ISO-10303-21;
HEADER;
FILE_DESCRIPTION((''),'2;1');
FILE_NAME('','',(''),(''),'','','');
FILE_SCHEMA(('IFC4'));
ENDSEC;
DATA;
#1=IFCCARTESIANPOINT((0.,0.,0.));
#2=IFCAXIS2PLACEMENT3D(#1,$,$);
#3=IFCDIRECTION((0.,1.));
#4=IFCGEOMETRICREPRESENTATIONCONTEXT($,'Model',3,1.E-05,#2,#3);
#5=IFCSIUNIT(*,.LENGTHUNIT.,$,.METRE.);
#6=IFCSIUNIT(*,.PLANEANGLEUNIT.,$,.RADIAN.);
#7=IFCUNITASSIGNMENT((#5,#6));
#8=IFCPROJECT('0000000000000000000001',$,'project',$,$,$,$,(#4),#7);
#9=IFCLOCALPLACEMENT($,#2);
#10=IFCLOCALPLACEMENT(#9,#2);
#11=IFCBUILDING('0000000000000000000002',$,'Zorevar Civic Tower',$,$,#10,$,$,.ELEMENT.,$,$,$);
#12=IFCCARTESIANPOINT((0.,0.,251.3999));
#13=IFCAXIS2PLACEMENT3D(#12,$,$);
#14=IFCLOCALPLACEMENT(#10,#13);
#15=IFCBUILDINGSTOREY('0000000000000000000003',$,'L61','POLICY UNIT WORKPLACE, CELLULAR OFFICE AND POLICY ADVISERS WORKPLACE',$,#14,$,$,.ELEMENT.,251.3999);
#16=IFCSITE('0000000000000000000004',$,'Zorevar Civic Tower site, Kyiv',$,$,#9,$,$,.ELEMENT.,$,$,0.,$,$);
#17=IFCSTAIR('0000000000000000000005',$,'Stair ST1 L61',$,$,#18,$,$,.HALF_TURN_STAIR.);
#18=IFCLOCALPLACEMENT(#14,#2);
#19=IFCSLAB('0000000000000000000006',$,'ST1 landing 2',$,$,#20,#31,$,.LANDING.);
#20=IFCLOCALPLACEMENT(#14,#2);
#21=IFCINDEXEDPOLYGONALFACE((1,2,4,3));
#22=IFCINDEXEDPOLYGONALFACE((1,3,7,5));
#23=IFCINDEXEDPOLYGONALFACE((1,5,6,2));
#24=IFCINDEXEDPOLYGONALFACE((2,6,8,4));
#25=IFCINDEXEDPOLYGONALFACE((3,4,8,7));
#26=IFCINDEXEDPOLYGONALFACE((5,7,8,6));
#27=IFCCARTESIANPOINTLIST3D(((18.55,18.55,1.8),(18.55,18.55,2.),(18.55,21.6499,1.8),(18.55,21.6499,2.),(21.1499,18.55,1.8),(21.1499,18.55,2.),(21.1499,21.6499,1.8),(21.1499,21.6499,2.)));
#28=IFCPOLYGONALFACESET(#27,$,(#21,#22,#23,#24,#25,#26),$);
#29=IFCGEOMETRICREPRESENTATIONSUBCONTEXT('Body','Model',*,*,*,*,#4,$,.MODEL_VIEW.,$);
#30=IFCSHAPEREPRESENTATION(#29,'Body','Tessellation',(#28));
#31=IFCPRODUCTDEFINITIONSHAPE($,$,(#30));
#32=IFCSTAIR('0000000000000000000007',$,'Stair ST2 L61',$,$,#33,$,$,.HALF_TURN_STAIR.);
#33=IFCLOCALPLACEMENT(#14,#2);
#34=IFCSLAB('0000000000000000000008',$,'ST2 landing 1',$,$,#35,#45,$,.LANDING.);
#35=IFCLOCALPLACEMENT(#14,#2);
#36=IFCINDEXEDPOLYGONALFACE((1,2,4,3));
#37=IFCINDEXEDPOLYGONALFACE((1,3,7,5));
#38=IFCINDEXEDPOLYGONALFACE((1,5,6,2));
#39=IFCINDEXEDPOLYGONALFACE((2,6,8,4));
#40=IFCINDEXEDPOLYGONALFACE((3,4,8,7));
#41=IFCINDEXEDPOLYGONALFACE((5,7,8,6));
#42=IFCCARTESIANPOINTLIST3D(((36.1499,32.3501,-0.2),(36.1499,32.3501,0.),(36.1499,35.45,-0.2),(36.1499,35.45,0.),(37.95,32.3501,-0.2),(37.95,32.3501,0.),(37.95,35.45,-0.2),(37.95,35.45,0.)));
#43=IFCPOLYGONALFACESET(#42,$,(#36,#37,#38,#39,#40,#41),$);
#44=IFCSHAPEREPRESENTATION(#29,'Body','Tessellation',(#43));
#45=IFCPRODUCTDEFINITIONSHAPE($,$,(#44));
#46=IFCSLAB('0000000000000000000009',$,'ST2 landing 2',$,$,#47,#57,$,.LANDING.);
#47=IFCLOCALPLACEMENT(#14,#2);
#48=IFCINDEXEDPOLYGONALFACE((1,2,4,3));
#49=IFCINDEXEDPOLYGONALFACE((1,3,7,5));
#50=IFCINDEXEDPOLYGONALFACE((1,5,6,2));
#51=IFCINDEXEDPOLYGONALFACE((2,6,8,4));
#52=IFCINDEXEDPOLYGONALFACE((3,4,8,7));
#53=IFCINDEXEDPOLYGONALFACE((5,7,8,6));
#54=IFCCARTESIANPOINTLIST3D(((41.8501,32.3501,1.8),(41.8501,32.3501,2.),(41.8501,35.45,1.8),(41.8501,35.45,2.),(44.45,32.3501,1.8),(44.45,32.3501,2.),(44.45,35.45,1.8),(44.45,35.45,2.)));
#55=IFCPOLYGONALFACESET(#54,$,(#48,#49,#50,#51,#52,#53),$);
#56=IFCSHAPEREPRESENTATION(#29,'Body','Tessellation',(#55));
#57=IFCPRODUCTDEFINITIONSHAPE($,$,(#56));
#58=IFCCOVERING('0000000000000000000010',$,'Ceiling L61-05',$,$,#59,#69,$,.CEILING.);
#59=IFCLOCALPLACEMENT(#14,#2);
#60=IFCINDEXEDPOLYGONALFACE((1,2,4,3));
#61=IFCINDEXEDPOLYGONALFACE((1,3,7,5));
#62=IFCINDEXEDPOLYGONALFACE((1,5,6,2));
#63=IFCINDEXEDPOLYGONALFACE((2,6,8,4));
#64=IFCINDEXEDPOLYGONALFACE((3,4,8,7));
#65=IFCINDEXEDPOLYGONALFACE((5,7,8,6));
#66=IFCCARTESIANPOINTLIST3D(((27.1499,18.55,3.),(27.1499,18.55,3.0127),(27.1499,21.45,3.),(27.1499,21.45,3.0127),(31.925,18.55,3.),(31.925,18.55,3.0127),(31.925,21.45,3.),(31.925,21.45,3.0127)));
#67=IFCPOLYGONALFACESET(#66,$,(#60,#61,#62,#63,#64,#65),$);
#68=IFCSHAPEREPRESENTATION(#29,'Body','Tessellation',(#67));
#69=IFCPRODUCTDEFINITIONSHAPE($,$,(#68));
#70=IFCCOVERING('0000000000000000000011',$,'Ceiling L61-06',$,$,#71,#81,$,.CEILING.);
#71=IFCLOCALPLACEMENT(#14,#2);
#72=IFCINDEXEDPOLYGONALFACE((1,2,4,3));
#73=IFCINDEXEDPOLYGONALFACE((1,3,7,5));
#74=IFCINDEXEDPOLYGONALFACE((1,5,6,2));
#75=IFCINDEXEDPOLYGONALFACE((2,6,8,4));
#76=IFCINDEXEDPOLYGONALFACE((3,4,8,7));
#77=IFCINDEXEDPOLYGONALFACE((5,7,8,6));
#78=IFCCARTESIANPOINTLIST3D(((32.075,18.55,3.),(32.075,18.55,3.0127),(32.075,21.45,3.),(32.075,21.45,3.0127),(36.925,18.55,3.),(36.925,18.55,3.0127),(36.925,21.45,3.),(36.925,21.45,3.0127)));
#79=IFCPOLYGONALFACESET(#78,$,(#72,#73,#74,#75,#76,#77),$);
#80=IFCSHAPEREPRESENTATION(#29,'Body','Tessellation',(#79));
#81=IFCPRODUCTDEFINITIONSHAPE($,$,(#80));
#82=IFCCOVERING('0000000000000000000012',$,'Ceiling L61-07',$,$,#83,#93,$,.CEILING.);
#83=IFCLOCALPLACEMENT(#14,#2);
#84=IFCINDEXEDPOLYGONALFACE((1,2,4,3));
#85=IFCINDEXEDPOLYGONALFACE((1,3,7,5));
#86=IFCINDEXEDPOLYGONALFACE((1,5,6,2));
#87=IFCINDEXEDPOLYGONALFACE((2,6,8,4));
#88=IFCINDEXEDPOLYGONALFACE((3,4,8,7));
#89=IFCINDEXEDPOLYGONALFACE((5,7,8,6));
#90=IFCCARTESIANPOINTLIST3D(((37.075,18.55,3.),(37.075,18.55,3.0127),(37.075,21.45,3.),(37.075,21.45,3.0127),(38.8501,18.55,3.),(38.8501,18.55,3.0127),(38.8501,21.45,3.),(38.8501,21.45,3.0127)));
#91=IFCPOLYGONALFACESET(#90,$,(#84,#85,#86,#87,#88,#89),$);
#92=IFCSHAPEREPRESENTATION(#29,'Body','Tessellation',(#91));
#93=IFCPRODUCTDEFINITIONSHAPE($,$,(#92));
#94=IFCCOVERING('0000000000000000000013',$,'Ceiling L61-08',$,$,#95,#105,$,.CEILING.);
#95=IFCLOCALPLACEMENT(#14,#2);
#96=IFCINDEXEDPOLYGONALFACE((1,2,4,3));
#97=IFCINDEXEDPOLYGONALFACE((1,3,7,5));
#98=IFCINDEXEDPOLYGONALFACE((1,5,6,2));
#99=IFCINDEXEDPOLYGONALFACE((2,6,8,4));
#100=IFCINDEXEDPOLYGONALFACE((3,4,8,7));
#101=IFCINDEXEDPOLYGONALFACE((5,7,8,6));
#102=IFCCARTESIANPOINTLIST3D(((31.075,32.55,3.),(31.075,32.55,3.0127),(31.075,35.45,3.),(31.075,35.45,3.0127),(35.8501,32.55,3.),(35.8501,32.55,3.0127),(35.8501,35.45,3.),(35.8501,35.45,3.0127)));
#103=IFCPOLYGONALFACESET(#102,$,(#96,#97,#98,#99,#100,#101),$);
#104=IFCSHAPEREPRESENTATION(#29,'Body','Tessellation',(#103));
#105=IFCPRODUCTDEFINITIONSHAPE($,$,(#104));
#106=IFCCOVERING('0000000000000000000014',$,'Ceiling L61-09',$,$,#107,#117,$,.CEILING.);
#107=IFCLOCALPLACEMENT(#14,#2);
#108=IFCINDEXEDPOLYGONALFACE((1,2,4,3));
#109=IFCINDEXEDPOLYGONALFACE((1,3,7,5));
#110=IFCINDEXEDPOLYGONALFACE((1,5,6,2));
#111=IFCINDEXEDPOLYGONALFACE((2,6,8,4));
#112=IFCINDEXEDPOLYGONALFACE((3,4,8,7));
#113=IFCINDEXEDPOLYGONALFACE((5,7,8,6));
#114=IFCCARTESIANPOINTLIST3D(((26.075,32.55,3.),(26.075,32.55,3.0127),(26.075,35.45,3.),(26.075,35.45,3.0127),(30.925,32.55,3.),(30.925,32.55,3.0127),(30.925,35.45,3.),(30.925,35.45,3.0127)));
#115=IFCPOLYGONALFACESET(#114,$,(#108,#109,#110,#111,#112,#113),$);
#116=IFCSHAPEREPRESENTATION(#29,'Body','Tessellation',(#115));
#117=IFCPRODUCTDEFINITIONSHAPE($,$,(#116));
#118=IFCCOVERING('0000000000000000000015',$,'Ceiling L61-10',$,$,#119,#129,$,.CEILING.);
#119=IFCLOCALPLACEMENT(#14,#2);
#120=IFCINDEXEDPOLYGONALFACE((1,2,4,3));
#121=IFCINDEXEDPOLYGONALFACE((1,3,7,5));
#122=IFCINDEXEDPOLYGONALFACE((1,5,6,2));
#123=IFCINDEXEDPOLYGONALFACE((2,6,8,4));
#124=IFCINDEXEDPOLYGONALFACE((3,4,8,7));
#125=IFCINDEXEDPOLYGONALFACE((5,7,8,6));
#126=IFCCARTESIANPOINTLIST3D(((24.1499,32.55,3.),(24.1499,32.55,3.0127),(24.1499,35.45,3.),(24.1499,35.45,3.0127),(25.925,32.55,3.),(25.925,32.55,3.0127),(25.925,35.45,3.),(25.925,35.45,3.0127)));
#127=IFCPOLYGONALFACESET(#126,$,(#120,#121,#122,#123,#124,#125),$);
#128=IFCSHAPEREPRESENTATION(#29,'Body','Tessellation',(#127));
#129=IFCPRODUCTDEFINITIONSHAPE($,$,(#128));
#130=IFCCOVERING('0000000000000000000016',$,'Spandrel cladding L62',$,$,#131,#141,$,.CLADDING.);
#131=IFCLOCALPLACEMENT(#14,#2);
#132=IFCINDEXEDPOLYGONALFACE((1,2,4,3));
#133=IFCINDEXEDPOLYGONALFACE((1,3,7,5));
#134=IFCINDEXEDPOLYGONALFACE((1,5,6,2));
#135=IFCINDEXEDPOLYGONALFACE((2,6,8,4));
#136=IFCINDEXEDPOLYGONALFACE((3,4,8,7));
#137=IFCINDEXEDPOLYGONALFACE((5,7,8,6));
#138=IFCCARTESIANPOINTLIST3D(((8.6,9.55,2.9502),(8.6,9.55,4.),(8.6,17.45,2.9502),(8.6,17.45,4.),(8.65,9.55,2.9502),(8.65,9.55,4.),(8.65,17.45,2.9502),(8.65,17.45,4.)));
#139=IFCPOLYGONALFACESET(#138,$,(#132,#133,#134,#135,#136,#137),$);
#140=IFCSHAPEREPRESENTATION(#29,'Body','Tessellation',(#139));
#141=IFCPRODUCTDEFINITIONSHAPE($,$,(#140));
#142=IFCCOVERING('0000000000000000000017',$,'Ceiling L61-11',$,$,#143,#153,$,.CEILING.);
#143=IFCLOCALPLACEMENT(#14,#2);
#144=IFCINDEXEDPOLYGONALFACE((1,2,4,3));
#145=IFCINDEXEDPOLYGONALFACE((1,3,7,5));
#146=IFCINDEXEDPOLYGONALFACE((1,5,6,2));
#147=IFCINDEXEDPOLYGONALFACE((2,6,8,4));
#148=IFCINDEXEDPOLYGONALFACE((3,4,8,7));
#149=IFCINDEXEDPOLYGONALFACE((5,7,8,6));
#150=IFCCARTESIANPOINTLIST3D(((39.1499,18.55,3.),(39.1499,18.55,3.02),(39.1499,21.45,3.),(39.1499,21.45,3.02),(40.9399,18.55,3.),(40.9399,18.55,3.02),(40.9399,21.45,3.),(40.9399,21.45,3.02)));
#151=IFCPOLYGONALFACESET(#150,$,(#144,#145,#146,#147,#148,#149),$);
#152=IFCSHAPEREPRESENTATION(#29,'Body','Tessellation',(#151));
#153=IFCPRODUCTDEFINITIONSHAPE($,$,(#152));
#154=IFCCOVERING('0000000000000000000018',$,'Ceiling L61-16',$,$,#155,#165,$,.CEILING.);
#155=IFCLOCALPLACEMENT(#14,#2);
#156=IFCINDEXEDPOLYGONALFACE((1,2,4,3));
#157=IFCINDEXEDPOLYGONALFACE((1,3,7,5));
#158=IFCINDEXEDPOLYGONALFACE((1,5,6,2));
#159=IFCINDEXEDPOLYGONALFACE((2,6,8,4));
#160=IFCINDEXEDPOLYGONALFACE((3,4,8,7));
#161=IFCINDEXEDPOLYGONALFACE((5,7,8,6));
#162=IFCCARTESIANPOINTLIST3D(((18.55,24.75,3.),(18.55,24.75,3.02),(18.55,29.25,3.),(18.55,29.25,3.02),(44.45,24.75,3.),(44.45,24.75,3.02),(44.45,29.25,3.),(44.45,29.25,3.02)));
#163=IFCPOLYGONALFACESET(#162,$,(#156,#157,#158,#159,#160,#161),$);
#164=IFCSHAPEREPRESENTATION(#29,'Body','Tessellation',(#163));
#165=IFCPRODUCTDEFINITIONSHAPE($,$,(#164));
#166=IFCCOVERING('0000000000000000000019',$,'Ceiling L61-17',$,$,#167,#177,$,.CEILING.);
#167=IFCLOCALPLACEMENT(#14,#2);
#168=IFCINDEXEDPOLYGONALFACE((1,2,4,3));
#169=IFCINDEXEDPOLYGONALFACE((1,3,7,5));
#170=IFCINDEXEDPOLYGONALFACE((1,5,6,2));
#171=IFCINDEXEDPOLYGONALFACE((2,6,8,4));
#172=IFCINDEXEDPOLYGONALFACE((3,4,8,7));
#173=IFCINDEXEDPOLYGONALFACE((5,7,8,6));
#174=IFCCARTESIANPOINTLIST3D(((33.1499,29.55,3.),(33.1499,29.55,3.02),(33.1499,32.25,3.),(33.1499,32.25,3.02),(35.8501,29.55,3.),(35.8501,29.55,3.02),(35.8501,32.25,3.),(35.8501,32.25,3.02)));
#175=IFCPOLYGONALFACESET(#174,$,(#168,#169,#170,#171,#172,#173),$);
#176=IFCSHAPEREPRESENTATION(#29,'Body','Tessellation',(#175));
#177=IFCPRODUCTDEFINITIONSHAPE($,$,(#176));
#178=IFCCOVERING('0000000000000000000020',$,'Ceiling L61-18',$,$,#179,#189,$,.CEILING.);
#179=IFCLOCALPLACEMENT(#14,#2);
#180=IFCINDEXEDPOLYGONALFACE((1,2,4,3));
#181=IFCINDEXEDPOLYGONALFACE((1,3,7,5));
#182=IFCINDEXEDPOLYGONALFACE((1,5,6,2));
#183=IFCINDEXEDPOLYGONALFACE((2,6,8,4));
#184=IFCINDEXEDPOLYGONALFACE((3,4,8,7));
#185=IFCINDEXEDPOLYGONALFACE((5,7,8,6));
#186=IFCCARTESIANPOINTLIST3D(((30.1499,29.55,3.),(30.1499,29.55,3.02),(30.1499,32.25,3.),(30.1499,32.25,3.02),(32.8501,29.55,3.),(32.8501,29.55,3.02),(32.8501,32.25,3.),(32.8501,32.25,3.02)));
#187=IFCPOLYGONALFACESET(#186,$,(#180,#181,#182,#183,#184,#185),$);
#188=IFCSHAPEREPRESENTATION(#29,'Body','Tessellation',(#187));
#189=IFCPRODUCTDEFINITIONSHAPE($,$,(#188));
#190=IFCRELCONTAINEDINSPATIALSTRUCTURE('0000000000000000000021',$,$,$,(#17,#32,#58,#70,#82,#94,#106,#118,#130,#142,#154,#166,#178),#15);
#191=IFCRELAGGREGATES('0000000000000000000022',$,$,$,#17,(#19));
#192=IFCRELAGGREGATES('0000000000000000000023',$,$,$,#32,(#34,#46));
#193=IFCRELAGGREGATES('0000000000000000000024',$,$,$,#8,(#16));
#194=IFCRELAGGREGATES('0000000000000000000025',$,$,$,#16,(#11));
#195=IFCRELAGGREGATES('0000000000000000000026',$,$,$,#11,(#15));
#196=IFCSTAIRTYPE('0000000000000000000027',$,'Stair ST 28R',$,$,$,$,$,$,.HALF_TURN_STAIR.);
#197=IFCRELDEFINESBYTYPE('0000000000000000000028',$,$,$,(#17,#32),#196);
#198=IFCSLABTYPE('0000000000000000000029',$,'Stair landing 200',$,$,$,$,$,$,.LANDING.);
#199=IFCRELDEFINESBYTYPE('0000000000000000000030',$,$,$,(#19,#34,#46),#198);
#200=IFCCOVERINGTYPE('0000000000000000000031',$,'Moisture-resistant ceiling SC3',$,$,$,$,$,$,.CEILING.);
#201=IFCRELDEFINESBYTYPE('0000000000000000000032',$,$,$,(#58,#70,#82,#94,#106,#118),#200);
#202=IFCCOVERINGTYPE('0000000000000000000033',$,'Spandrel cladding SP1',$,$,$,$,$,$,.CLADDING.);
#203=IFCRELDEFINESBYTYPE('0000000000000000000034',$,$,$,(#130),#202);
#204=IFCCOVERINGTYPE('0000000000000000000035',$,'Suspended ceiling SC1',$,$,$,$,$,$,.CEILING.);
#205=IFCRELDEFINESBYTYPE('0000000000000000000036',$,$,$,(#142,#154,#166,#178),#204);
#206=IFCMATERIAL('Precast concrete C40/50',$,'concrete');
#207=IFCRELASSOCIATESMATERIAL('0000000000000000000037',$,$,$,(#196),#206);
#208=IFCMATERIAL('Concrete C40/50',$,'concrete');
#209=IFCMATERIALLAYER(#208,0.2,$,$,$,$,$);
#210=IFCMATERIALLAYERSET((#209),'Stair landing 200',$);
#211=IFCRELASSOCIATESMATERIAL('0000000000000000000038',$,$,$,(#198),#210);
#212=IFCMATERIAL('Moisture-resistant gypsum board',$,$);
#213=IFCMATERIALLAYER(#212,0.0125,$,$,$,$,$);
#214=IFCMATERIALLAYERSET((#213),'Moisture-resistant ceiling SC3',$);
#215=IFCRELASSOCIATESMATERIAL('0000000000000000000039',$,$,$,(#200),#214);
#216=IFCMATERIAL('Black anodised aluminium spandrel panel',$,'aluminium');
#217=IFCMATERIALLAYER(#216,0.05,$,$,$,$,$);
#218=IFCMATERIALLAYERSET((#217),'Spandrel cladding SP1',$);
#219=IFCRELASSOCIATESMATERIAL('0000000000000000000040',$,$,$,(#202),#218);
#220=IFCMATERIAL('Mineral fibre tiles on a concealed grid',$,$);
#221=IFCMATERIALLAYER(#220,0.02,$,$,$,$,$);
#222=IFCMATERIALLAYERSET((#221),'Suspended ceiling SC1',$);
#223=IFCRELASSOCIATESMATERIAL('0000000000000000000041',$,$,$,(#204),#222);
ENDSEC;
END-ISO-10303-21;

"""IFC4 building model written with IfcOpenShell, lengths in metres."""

from ifc_helpers import new_model, si_unit, direction, frame, frame_2d, origin, place, context, subcontext, project, spatial, polyline, rectangle, outline, extrude, material, layer, layer_set, type_object, element, aggregate, save


model = new_model("IFC4")

# Units and contexts
model_context = context("Model", 3, precision=1e-05, world=origin(), true_north=direction((0.0, 1.0)))
body_context = subcontext(model_context, "Body", "Model", "MODEL_VIEW")
ifc_project = project(units=[si_unit("LENGTHUNIT", "METRE"), si_unit("PLANEANGLEUNIT", "RADIAN")], contexts=[model_context])

# Site, building, storey
site_placement = place(None, origin())
site = spatial("IfcSite", under=ifc_project, at=site_placement, Name="Zorevar Civic Tower site, Kyiv", CompositionType="ELEMENT", RefElevation=0.0)
building_placement = place(site_placement, origin())
building = spatial("IfcBuilding", under=site, at=building_placement, Name="Zorevar Civic Tower", CompositionType="ELEMENT")
storey_placement = place(building_placement, frame((0.0, 0.0, 251.3999)))
storey = spatial("IfcBuildingStorey", under=building, at=storey_placement, Name="L61", Description="POLICY UNIT WORKPLACE, CELLULAR OFFICE AND POLICY ADVISERS WORKPLACE", CompositionType="ELEMENT", Elevation=251.3999)

# Stairs, slabs
ifc_material_1 = material(Name="Precast concrete C40/50", Category="concrete")
stair_type = type_object("IfcStairType", Name="Stair ST 28R", PredefinedType="HALF_TURN_STAIR", material=ifc_material_1)
stair_1_placement = place(storey_placement, origin())
stair_1 = element("IfcStair", 1, at=stair_1_placement, inside=storey, type_object=stair_type, Name="Stair ST1 L61", PredefinedType="HALF_TURN_STAIR")
ifc_material_2 = material(Name="Concrete C40/50", Category="concrete")
ifc_layer_1 = layer(ifc_material_2, 0.2)
ifc_layer_set_1 = layer_set([ifc_layer_1], Name="Stair landing 200")
slab_type_1 = type_object("IfcSlabType", Name="Stair landing 200", PredefinedType="LANDING", material=ifc_layer_set_1)
slab_1_placement = place(storey_placement, frame((0.0, 0.0, 1.8)))
slab_1 = element("IfcSlab", 2, at=slab_1_placement, type_object=slab_type_1, Name="ST1 landing 2", PredefinedType="LANDING", context=body_context, shape_type="SweptSolid", body=[
    extrude(outline(polyline([(18.55, 18.55), (21.1499, 18.55), (21.1499, 21.6499), (18.55, 21.6499), (18.55, 18.55)])), origin(), (0.0, 0.0, 1.0), 0.2),
])
aggregate(stair_1, [slab_1])
stair_2_placement = place(storey_placement, origin())
stair_2 = element("IfcStair", 3, at=stair_2_placement, inside=storey, type_object=stair_type, Name="Stair ST2 L61", PredefinedType="HALF_TURN_STAIR")
slab_2_placement = place(storey_placement, frame((0.0, 0.0, -0.2)))
slab_2 = element("IfcSlab", 4, at=slab_2_placement, type_object=slab_type_1, Name="ST2 landing 1", PredefinedType="LANDING", context=body_context, shape_type="SweptSolid", body=[
    extrude(outline(polyline([(37.95, 32.3501), (36.1499, 32.3501), (36.1499, 35.45), (37.95, 35.45), (37.95, 32.3501)])), origin(), (0.0, 0.0, 1.0), 0.2),
])
slab_3_placement = place(storey_placement, frame((0.0, 0.0, 1.8)))
slab_3 = element("IfcSlab", 5, at=slab_3_placement, type_object=slab_type_1, Name="ST2 landing 2", PredefinedType="LANDING", context=body_context, shape_type="SweptSolid", body=[
    extrude(outline(polyline([(44.45, 32.3501), (41.8501, 32.3501), (41.8501, 35.45), (44.45, 35.45), (44.45, 32.3501)])), origin(), (0.0, 0.0, 1.0), 0.2),
])
aggregate(stair_2, [slab_2, slab_3])

# Coverings
ifc_material_3 = material(Name="Moisture-resistant gypsum board")
ifc_layer_2 = layer(ifc_material_3, 0.0125)
ifc_layer_set_2 = layer_set([ifc_layer_2], Name="Moisture-resistant ceiling SC3")
covering_type_1 = type_object("IfcCoveringType", Name="Moisture-resistant ceiling SC3", PredefinedType="CEILING", material=ifc_layer_set_2)
covering_1_placement = place(storey_placement, frame((0.0, 0.0, 3.0)))
element("IfcCovering", 6, at=covering_1_placement, inside=storey, type_object=covering_type_1, Name="Ceiling L61-05", PredefinedType="CEILING", context=body_context, shape_type="SweptSolid", body=[
    extrude(outline(polyline([(31.925, 18.55), (31.925, 21.45), (27.1499, 21.45), (27.1499, 18.55), (31.925, 18.55)])), origin(), (0.0, 0.0, 1.0), 0.0127),
])
covering_2_placement = place(storey_placement, frame((0.0, 0.0, 3.0)))
element("IfcCovering", 7, at=covering_2_placement, inside=storey, type_object=covering_type_1, Name="Ceiling L61-06", PredefinedType="CEILING", context=body_context, shape_type="SweptSolid", body=[
    extrude(outline(polyline([(36.925, 18.55), (36.925, 21.45), (32.075, 21.45), (32.075, 18.55), (36.925, 18.55)])), origin(), (0.0, 0.0, 1.0), 0.0127),
])
covering_3_placement = place(storey_placement, frame((0.0, 0.0, 3.0)))
element("IfcCovering", 8, at=covering_3_placement, inside=storey, type_object=covering_type_1, Name="Ceiling L61-07", PredefinedType="CEILING", context=body_context, shape_type="SweptSolid", body=[
    extrude(outline(polyline([(38.8501, 18.55), (38.8501, 21.45), (37.075, 21.45), (37.075, 18.55), (38.8501, 18.55)])), origin(), (0.0, 0.0, 1.0), 0.0127),
])
covering_4_placement = place(storey_placement, frame((0.0, 0.0, 3.0)))
element("IfcCovering", 9, at=covering_4_placement, inside=storey, type_object=covering_type_1, Name="Ceiling L61-08", PredefinedType="CEILING", context=body_context, shape_type="SweptSolid", body=[
    extrude(outline(polyline([(35.8501, 32.55), (35.8501, 35.45), (31.075, 35.45), (31.075, 32.55), (35.8501, 32.55)])), origin(), (0.0, 0.0, 1.0), 0.0127),
])
covering_5_placement = place(storey_placement, frame((0.0, 0.0, 3.0)))
element("IfcCovering", 10, at=covering_5_placement, inside=storey, type_object=covering_type_1, Name="Ceiling L61-09", PredefinedType="CEILING", context=body_context, shape_type="SweptSolid", body=[
    extrude(outline(polyline([(30.925, 32.55), (30.925, 35.45), (26.075, 35.45), (26.075, 32.55), (30.925, 32.55)])), origin(), (0.0, 0.0, 1.0), 0.0127),
])
covering_6_placement = place(storey_placement, frame((0.0, 0.0, 3.0)))
element("IfcCovering", 11, at=covering_6_placement, inside=storey, type_object=covering_type_1, Name="Ceiling L61-10", PredefinedType="CEILING", context=body_context, shape_type="SweptSolid", body=[
    extrude(outline(polyline([(25.925, 32.55), (25.925, 35.45), (24.1499, 35.45), (24.1499, 32.55), (25.925, 32.55)])), origin(), (0.0, 0.0, 1.0), 0.0127),
])
ifc_material_4 = material(Name="Black anodised aluminium spandrel panel", Category="aluminium")
ifc_layer_3 = layer(ifc_material_4, 0.05)
ifc_layer_set_3 = layer_set([ifc_layer_3], Name="Spandrel cladding SP1")
covering_type_2 = type_object("IfcCoveringType", Name="Spandrel cladding SP1", PredefinedType="CLADDING", material=ifc_layer_set_3)
covering_7_placement = place(storey_placement, frame((8.625, 9.55, 2.9502), z_axis=(0.0, 0.0, 1.0), x_axis=(0.0, 1.0, 0.0)))
element("IfcCovering", 12, at=covering_7_placement, inside=storey, type_object=covering_type_2, Name="Spandrel cladding L62", PredefinedType="CLADDING", context=body_context, shape_type="SweptSolid", body=[
    extrude(rectangle(XDim=7.8999, YDim=0.05, at=frame_2d((3.95, 0.0))), origin(), (0.0, 0.0, 1.0), 1.0498),
])
ifc_material_5 = material(Name="Mineral fibre tiles on a concealed grid")
ifc_layer_4 = layer(ifc_material_5, 0.02)
ifc_layer_set_4 = layer_set([ifc_layer_4], Name="Suspended ceiling SC1")
covering_type_3 = type_object("IfcCoveringType", Name="Suspended ceiling SC1", PredefinedType="CEILING", material=ifc_layer_set_4)
covering_8_placement = place(storey_placement, frame((0.0, 0.0, 3.0)))
element("IfcCovering", 13, at=covering_8_placement, inside=storey, type_object=covering_type_3, Name="Ceiling L61-11", PredefinedType="CEILING", context=body_context, shape_type="SweptSolid", body=[
    extrude(outline(polyline([(40.9399, 18.55), (40.9399, 21.45), (39.1499, 21.45), (39.1499, 18.55), (40.9399, 18.55)])), origin(), (0.0, 0.0, 1.0), 0.02),
])
covering_9_placement = place(storey_placement, frame((0.0, 0.0, 3.0)))
element("IfcCovering", 14, at=covering_9_placement, inside=storey, type_object=covering_type_3, Name="Ceiling L61-16", PredefinedType="CEILING", context=body_context, shape_type="SweptSolid", body=[
    extrude(outline(polyline([(44.45, 24.75), (44.45, 29.25), (18.55, 29.25), (18.55, 24.75), (44.45, 24.75)])), origin(), (0.0, 0.0, 1.0), 0.02),
])
covering_10_placement = place(storey_placement, frame((0.0, 0.0, 3.0)))
element("IfcCovering", 15, at=covering_10_placement, inside=storey, type_object=covering_type_3, Name="Ceiling L61-17", PredefinedType="CEILING", context=body_context, shape_type="SweptSolid", body=[
    extrude(outline(polyline([(35.8501, 29.55), (35.8501, 32.25), (33.1499, 32.25), (33.1499, 29.55), (35.8501, 29.55)])), origin(), (0.0, 0.0, 1.0), 0.02),
])
covering_11_placement = place(storey_placement, frame((0.0, 0.0, 3.0)))
element("IfcCovering", 16, at=covering_11_placement, inside=storey, type_object=covering_type_3, Name="Ceiling L61-18", PredefinedType="CEILING", context=body_context, shape_type="SweptSolid", body=[
    extrude(outline(polyline([(32.8501, 29.55), (32.8501, 32.25), (30.1499, 32.25), (30.1499, 29.55), (32.8501, 29.55)])), origin(), (0.0, 0.0, 1.0), 0.02),
])

save(model, "model.ifc")
